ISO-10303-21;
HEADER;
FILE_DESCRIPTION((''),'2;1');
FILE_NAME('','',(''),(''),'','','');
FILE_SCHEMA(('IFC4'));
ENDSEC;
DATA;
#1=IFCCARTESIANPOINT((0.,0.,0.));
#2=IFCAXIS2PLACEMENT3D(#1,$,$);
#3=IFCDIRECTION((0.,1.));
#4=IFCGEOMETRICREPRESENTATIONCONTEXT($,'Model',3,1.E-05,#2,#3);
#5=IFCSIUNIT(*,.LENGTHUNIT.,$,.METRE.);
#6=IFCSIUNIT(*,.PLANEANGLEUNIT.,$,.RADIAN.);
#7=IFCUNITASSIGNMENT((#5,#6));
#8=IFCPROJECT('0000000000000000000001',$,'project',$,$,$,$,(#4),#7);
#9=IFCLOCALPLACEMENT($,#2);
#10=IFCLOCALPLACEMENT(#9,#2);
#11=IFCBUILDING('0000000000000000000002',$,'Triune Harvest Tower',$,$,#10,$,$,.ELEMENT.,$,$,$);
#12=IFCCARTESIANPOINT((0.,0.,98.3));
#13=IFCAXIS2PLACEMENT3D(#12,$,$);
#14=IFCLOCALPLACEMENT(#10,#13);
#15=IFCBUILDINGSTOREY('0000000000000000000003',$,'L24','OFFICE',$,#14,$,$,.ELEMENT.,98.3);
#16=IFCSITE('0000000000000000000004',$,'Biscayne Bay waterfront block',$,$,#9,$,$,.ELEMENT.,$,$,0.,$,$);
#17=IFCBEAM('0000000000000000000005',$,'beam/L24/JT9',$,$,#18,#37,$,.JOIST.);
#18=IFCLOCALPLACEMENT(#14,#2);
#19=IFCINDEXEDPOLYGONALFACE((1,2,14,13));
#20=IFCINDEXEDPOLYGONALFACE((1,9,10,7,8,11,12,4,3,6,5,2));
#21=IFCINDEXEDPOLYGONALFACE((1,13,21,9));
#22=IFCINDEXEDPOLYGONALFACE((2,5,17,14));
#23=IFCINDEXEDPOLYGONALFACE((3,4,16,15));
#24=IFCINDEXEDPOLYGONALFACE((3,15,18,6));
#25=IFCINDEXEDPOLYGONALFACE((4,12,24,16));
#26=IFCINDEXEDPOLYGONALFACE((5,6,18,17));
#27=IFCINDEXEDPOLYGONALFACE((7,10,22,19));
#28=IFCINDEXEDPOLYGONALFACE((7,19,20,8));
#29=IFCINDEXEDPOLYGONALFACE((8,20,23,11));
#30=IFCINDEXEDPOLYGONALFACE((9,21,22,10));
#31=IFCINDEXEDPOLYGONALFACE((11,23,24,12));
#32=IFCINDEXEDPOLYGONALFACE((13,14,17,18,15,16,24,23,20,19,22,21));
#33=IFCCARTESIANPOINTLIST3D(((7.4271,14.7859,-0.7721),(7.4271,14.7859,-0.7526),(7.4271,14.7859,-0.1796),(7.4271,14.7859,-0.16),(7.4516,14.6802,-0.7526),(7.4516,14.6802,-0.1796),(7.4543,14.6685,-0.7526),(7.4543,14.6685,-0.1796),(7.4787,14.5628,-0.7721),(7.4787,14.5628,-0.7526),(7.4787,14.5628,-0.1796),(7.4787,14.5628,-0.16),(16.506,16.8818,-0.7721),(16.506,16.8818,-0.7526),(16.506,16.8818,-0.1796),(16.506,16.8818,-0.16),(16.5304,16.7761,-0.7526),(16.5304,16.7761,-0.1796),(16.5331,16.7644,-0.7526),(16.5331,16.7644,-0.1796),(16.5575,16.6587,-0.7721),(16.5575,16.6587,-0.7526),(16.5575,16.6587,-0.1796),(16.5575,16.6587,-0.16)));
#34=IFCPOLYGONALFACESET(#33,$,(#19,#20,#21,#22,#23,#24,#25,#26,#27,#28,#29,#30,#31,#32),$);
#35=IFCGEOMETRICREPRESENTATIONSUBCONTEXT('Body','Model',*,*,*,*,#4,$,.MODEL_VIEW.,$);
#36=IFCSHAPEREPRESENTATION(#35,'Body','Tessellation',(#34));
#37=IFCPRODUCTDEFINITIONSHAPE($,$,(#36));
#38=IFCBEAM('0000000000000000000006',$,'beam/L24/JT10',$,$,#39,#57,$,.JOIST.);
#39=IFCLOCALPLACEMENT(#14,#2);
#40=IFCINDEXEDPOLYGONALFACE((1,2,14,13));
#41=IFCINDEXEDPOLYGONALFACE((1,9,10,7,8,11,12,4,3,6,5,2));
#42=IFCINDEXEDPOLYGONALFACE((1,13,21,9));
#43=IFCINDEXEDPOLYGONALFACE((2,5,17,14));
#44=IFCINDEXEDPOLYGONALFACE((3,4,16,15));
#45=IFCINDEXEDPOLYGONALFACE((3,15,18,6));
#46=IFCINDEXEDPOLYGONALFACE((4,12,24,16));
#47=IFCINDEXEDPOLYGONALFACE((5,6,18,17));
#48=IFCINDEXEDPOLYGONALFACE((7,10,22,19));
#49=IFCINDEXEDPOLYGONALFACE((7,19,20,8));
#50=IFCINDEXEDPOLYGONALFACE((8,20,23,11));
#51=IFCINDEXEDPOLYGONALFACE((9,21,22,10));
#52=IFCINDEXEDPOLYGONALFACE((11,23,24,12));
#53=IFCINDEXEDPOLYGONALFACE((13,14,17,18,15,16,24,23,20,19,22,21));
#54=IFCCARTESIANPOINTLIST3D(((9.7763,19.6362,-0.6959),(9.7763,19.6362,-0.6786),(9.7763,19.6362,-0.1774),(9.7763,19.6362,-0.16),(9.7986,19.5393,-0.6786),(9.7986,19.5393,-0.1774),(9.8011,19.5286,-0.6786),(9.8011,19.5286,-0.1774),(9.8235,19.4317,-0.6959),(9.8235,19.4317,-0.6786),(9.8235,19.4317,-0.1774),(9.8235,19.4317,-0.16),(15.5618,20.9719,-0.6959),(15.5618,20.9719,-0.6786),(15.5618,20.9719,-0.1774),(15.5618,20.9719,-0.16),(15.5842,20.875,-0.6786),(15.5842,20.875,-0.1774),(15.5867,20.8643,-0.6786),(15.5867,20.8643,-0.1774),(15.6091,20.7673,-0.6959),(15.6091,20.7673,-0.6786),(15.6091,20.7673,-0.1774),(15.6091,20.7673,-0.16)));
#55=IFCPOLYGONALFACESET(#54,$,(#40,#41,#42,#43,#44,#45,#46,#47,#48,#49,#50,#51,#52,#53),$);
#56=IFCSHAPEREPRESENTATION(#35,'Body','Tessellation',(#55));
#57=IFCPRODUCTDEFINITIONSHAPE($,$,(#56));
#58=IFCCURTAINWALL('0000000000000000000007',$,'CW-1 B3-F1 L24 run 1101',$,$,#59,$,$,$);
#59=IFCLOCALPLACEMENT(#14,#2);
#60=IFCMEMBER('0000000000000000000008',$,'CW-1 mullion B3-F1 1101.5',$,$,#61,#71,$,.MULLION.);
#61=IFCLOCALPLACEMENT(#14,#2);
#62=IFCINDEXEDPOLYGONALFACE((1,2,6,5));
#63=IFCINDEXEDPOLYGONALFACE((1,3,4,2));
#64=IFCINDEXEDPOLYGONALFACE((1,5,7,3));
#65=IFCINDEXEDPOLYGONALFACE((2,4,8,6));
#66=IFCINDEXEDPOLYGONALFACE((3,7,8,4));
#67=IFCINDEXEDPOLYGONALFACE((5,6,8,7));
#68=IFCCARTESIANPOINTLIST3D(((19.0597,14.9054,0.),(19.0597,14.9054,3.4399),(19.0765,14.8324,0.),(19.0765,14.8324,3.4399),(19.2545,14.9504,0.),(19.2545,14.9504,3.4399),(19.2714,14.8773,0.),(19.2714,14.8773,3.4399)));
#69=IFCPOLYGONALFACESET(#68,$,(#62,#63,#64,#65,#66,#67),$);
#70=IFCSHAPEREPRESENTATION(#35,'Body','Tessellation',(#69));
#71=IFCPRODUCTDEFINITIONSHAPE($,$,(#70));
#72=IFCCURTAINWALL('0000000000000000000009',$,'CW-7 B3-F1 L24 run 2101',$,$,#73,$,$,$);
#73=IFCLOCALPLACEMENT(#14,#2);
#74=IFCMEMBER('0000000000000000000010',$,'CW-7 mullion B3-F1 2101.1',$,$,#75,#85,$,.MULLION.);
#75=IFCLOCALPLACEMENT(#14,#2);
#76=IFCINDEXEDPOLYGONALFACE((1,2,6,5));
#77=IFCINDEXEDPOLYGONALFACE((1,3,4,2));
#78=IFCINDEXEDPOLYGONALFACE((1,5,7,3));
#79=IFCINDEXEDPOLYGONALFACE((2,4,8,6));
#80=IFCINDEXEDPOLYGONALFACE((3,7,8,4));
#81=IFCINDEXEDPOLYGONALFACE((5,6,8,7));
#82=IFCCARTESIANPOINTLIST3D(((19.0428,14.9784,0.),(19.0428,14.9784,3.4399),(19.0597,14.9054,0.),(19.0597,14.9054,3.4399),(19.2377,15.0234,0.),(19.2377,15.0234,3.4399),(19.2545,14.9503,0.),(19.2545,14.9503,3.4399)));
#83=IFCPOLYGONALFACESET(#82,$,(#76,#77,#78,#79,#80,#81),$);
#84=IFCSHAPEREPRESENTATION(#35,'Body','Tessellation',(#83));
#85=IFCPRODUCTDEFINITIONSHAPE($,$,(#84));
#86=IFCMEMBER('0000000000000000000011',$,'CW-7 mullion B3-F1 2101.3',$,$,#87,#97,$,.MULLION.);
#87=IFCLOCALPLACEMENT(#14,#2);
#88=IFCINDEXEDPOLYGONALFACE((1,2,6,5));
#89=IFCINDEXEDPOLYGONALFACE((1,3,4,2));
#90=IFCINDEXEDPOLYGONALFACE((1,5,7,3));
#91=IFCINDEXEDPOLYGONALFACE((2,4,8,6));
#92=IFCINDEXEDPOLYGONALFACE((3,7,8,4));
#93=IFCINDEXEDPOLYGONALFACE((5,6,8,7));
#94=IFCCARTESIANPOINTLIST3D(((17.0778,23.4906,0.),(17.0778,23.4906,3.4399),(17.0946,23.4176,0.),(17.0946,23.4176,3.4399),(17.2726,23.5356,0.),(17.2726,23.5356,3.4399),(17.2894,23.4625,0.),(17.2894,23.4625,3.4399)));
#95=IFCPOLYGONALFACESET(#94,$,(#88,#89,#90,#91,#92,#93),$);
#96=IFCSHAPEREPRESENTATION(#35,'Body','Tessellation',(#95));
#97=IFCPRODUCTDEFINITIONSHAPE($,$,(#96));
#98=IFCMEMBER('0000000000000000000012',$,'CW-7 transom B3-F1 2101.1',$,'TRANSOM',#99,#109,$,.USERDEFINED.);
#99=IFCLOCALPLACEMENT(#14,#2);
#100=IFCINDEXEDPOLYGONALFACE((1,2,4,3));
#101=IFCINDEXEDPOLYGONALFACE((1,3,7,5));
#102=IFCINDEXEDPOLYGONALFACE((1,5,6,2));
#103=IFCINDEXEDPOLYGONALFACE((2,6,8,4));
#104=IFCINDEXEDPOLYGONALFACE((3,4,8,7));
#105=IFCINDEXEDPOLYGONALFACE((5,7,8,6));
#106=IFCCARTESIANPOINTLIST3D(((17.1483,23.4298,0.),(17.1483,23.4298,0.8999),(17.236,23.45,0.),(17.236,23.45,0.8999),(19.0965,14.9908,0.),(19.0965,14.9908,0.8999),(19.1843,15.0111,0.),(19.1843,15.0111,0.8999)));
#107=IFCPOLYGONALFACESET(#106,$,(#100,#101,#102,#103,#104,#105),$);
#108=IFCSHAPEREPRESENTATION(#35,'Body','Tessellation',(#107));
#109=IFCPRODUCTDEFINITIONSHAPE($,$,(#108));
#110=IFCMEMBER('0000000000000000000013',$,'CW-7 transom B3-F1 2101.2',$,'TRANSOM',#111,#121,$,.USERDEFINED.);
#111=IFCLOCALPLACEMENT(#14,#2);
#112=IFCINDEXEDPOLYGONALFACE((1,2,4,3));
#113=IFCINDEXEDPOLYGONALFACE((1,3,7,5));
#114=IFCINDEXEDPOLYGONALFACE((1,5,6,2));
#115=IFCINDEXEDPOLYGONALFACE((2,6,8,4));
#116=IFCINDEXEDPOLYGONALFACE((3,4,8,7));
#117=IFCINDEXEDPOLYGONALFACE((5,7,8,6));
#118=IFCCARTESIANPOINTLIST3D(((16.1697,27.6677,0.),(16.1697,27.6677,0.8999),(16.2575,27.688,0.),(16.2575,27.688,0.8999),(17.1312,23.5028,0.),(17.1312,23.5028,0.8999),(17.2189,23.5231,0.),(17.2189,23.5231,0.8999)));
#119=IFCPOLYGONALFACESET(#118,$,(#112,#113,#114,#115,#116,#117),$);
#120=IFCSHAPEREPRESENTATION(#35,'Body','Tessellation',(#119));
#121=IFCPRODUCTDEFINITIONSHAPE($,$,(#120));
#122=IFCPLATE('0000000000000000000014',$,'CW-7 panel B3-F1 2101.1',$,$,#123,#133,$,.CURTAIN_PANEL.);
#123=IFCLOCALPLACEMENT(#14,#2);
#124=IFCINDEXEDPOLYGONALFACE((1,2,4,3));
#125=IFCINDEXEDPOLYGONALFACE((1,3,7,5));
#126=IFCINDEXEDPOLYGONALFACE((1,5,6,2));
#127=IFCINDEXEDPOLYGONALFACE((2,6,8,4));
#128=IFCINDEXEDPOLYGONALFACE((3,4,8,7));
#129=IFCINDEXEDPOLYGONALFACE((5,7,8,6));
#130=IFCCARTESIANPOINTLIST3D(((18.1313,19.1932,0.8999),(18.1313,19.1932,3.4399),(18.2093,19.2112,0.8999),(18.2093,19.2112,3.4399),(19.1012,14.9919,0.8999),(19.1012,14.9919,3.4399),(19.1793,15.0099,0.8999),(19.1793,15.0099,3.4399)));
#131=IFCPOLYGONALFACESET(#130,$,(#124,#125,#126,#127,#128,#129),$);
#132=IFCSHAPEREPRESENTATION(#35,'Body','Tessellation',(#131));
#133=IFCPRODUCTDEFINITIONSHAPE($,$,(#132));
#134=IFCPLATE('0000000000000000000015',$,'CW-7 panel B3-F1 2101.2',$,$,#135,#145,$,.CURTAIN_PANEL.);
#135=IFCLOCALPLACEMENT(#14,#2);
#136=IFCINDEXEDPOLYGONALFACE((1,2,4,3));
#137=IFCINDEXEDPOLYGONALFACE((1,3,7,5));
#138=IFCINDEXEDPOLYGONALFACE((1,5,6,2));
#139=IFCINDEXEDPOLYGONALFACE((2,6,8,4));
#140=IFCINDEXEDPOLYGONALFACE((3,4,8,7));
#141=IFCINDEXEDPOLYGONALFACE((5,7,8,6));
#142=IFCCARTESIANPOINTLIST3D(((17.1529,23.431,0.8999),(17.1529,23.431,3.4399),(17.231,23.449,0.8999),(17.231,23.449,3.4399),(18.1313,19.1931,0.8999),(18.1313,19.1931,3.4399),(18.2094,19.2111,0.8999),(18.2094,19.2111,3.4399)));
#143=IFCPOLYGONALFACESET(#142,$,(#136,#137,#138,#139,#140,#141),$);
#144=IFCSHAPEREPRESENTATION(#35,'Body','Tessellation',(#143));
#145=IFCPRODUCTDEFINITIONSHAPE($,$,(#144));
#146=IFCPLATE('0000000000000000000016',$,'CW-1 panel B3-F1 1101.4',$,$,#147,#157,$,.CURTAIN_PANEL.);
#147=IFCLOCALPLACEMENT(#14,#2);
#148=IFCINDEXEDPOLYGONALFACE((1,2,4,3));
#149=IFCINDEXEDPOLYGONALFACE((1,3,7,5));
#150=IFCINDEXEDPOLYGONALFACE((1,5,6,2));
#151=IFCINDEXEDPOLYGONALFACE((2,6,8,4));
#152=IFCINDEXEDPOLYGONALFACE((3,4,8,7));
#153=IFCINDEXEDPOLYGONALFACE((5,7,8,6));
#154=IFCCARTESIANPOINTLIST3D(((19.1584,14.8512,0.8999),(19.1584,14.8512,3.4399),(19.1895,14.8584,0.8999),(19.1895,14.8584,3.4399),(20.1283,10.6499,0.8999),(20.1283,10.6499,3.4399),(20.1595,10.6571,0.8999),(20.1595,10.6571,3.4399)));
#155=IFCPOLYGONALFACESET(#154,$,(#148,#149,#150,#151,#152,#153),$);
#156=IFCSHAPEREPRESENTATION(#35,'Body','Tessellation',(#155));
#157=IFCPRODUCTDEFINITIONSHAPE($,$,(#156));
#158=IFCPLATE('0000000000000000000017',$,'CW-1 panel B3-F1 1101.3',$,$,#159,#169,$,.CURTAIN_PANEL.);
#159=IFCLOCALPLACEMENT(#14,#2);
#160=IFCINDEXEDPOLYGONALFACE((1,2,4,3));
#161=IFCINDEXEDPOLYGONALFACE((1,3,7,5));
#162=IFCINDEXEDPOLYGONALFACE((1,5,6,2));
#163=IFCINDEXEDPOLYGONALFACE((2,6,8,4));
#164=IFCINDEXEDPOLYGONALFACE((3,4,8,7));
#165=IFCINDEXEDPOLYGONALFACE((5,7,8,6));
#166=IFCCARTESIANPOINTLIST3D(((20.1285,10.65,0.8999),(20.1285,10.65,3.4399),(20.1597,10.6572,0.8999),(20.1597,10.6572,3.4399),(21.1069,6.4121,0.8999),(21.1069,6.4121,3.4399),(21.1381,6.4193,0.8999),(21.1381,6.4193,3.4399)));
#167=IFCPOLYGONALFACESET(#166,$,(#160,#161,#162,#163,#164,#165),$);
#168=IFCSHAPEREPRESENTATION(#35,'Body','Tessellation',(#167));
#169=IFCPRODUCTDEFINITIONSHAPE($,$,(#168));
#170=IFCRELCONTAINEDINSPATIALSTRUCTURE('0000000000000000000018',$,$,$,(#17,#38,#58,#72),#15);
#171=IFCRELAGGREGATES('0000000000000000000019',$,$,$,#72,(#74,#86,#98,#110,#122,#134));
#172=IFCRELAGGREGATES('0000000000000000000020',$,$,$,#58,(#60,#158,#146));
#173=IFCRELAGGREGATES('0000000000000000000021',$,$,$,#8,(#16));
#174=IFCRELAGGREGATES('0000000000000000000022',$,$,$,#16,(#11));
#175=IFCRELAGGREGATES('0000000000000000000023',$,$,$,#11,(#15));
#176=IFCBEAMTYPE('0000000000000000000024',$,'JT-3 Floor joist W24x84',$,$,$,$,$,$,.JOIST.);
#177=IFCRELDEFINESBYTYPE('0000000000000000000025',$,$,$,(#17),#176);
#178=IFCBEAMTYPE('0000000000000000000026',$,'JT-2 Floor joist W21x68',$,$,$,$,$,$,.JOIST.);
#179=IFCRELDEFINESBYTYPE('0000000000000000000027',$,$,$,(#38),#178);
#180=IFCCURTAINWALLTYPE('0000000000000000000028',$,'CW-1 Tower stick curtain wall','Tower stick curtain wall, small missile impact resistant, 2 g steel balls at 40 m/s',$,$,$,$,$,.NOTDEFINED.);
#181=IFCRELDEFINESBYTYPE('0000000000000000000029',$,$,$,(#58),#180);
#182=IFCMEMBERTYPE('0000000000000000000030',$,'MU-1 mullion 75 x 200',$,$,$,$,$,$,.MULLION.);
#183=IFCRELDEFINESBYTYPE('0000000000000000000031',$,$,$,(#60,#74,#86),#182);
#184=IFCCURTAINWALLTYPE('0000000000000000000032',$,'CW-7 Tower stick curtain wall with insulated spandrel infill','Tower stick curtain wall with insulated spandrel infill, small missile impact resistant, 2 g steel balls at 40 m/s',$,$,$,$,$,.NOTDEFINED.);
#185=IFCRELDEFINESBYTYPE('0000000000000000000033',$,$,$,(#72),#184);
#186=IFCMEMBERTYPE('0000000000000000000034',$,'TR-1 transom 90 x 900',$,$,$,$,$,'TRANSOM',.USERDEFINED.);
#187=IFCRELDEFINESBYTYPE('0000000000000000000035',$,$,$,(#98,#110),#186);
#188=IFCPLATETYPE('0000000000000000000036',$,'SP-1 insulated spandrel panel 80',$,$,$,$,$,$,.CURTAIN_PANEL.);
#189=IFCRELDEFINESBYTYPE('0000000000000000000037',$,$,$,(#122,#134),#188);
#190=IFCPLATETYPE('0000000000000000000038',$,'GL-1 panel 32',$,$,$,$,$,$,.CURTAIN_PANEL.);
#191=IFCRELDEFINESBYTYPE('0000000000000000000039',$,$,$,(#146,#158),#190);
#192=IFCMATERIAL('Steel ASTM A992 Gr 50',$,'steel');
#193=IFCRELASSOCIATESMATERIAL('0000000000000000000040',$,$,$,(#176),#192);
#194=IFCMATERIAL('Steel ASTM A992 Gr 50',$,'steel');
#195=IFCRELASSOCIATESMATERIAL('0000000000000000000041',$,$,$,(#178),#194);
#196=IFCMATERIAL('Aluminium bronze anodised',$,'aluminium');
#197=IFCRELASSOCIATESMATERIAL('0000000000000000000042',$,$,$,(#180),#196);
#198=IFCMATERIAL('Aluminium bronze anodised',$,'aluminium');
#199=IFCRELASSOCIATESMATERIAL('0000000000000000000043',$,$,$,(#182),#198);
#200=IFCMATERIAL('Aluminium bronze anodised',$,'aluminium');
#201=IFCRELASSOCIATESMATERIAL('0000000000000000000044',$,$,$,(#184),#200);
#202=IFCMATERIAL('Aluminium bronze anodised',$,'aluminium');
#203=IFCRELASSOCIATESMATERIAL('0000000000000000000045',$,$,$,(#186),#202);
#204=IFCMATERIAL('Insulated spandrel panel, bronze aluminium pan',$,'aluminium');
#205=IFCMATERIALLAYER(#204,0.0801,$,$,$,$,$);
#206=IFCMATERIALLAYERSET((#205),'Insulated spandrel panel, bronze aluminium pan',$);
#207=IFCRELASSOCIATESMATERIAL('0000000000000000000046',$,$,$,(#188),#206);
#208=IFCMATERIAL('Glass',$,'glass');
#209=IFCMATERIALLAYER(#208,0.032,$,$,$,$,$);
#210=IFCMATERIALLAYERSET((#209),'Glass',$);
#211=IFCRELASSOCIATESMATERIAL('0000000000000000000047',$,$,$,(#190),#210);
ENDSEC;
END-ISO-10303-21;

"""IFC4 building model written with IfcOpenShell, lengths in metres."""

from ifc_helpers import new_model, si_unit, direction, frame, origin, origin_2d, place, context, subcontext, project, spatial, rectangle, i_section, extrude, source, transform, mapped, material, layer, layer_set, material_profile, profile_set, type_object, element, aggregate, save


model = new_model("IFC4")

# Units and contexts
model_context = context("Model", 3, precision=1e-05, world=origin(), true_north=direction((0.0, 1.0)))
body_context = subcontext(model_context, "Body", "Model", "MODEL_VIEW")
ifc_project = project(units=[si_unit("LENGTHUNIT", "METRE"), si_unit("PLANEANGLEUNIT", "RADIAN")], contexts=[model_context])

# Site, building, storey
site_placement = place(None, origin())
site = spatial("IfcSite", under=ifc_project, at=site_placement, Name="Biscayne Bay waterfront block", CompositionType="ELEMENT", RefElevation=0.0)
building_placement = place(site_placement, origin())
building = spatial("IfcBuilding", under=site, at=building_placement, Name="Triune Harvest Tower", CompositionType="ELEMENT")
storey_placement = place(building_placement, frame((0.0, 0.0, 98.3)))
storey = spatial("IfcBuildingStorey", under=building, at=storey_placement, Name="L24", Description="OFFICE", CompositionType="ELEMENT", Elevation=98.3)

# Beams
ifc_material_1 = material(Name="Steel ASTM A992 Gr 50", Category="steel")
ifc_material_profile_1 = material_profile(ifc_material_1, i_section(OverallWidth=0.229, OverallDepth=0.6121, WebThickness=0.012, FlangeThickness=0.0195, at=origin_2d()), Name="W24x84")
ifc_profile_set_1 = profile_set([ifc_material_profile_1], Name="Steel ASTM A992 Gr 50")
beam_type_1 = type_object("IfcBeamType", Name="JT-3 Floor joist W24x84", PredefinedType="JOIST", material=ifc_profile_set_1)
shared_shape_1 = source(origin(), body_context, "Body", "SweptSolid", [
    extrude(i_section(OverallWidth=0.229, OverallDepth=0.6121, WebThickness=0.012, FlangeThickness=0.0195, at=origin_2d()), origin(), (0.0, 0.0, 1.0), 9.3176),
])
beam_1_placement = place(storey_placement, frame((16.5317, 16.7703, -0.4661), z_axis=(-0.974372, -0.224944, 0.0), x_axis=(0.224944, -0.974372, 0.0)))
element("IfcBeam", 1, at=beam_1_placement, inside=storey, type_object=beam_type_1, Name="beam/L24/JT9", PredefinedType="JOIST", context=body_context, shape_type="MappedRepresentation", body=[
    mapped(shared_shape_1, transform((0.0, 0.0, 0.0), scale=1.0)),
])
ifc_material_2 = material(Name="Steel ASTM A992 Gr 50", Category="steel")
ifc_material_profile_2 = material_profile(ifc_material_2, i_section(OverallWidth=0.21, OverallDepth=0.5359, WebThickness=0.011, FlangeThickness=0.0173, at=origin_2d()), Name="W21x68")
ifc_profile_set_2 = profile_set([ifc_material_profile_2], Name="Steel ASTM A992 Gr 50")
beam_type_2 = type_object("IfcBeamType", Name="JT-2 Floor joist W21x68", PredefinedType="JOIST", material=ifc_profile_set_2)
shared_shape_2 = source(origin(), body_context, "Body", "SweptSolid", [
    extrude(i_section(OverallWidth=0.21, OverallDepth=0.5359, WebThickness=0.011, FlangeThickness=0.0173, at=origin_2d()), origin(), (0.0, 0.0, 1.0), 5.9377),
])
beam_2_placement = place(storey_placement, frame((15.5854, 20.8696, -0.428), z_axis=(-0.974371, -0.224947, 0.0), x_axis=(0.224947, -0.974371, 0.0)))
element("IfcBeam", 2, at=beam_2_placement, inside=storey, type_object=beam_type_2, Name="beam/L24/JT10", PredefinedType="JOIST", context=body_context, shape_type="MappedRepresentation", body=[
    mapped(shared_shape_2, transform((0.0, 0.0, 0.0), scale=1.0)),
])

# Curtain wall, member
ifc_material_3 = material(Name="Aluminium bronze anodised", Category="aluminium")
curtain_wall_type_1 = type_object("IfcCurtainWallType", Name="CW-1 Tower stick curtain wall", Description="Tower stick curtain wall, small missile impact resistant, 2 g steel balls at 40 m/s", PredefinedType="NOTDEFINED", material=ifc_material_3)
curtain_wall_1_placement = place(storey_placement, origin())
curtain_wall_1 = element("IfcCurtainWall", 3, at=curtain_wall_1_placement, inside=storey, type_object=curtain_wall_type_1, Name="CW-1 B3-F1 L24 run 1101")
ifc_material_4 = material(Name="Aluminium bronze anodised", Category="aluminium")
ifc_material_profile_3 = material_profile(ifc_material_4, rectangle(XDim=0.2, YDim=0.075, at=origin_2d()), Name="MU-1 mullion 75 x 200")
ifc_profile_set_3 = profile_set([ifc_material_profile_3], Name="Aluminium bronze anodised")
member_type_1 = type_object("IfcMemberType", Name="MU-1 mullion 75 x 200", PredefinedType="MULLION", material=ifc_profile_set_3)
shared_shape_3 = source(origin(), body_context, "Body", "SweptSolid", [
    extrude(rectangle(XDim=0.2, YDim=0.075, at=origin_2d()), origin(), (0.0, 0.0, 1.0), 3.4399),
])
member_1_placement = place(storey_placement, frame((19.1655, 14.8914, 0.0), z_axis=(0.0, 0.0, 1.0), x_axis=(-0.974369, -0.224955, 0.0)))
member_1 = element("IfcMember", 4, at=member_1_placement, type_object=member_type_1, Name="CW-1 mullion B3-F1 1101.5", PredefinedType="MULLION", context=body_context, shape_type="MappedRepresentation", body=[
    mapped(shared_shape_3, transform((0.0, 0.0, 0.0), scale=1.0)),
])

# Curtain wall, members, plates
ifc_material_5 = material(Name="Aluminium bronze anodised", Category="aluminium")
curtain_wall_type_2 = type_object("IfcCurtainWallType", Name="CW-7 Tower stick curtain wall with insulated spandrel infill", Description="Tower stick curtain wall with insulated spandrel infill, small missile impact resistant, 2 g steel balls at 40 m/s", PredefinedType="NOTDEFINED", material=ifc_material_5)
curtain_wall_2_placement = place(storey_placement, origin())
curtain_wall_2 = element("IfcCurtainWall", 5, at=curtain_wall_2_placement, inside=storey, type_object=curtain_wall_type_2, Name="CW-7 B3-F1 L24 run 2101")
member_2_placement = place(storey_placement, frame((19.1487, 14.9644, 0.0), z_axis=(0.0, 0.0, 1.0), x_axis=(-0.97437, -0.224949, 0.0)))
member_2 = element("IfcMember", 6, at=member_2_placement, type_object=member_type_1, Name="CW-7 mullion B3-F1 2101.1", PredefinedType="MULLION", context=body_context, shape_type="MappedRepresentation", body=[
    mapped(shared_shape_3, transform((0.0, 0.0, 0.0), scale=1.0)),
])
member_3_placement = place(storey_placement, frame((17.1836, 23.4766, 0.0), z_axis=(0.0, 0.0, 1.0), x_axis=(-0.97437, -0.224949, 0.0)))
member_3 = element("IfcMember", 7, at=member_3_placement, type_object=member_type_1, Name="CW-7 mullion B3-F1 2101.3", PredefinedType="MULLION", context=body_context, shape_type="MappedRepresentation", body=[
    mapped(shared_shape_3, transform((0.0, 0.0, 0.0), scale=1.0)),
])
ifc_material_6 = material(Name="Aluminium bronze anodised", Category="aluminium")
ifc_material_profile_4 = material_profile(ifc_material_6, rectangle(XDim=0.0901, YDim=0.8999, at=origin_2d()), Name="TR-1 transom 90 x 900")
ifc_profile_set_4 = profile_set([ifc_material_profile_4], Name="Aluminium bronze anodised")
member_type_2 = type_object("IfcMemberType", Name="TR-1 transom 90 x 900", ElementType="TRANSOM", PredefinedType="USERDEFINED", material=ifc_profile_set_4)
shared_shape_4 = source(origin(), body_context, "Body", "SweptSolid", [
    extrude(rectangle(XDim=0.0901, YDim=0.8999, at=origin_2d()), origin(), (0.0, 0.0, 1.0), 8.6609),
])
member_4_placement = place(storey_placement, frame((19.1404, 15.001, 0.45), z_axis=(-0.224946, 0.974371, 0.0), x_axis=(-0.974371, -0.224946, 0.0)))
member_4 = element("IfcMember", 8, at=member_4_placement, type_object=member_type_2, Name="CW-7 transom B3-F1 2101.1", ObjectType="TRANSOM", PredefinedType="USERDEFINED", context=body_context, shape_type="MappedRepresentation", body=[
    mapped(shared_shape_4, transform((0.0, 0.0, 0.0), scale=1.0)),
])
shared_shape_5 = source(origin(), body_context, "Body", "SweptSolid", [
    extrude(rectangle(XDim=0.0901, YDim=0.8999, at=origin_2d()), origin(), (0.0, 0.0, 1.0), 4.2744),
])
member_5_placement = place(storey_placement, frame((17.175, 23.5129, 0.45), z_axis=(-0.22493, 0.974375, 0.0), x_axis=(-0.974375, -0.22493, 0.0)))
member_5 = element("IfcMember", 9, at=member_5_placement, type_object=member_type_2, Name="CW-7 transom B3-F1 2101.2", ObjectType="TRANSOM", PredefinedType="USERDEFINED", context=body_context, shape_type="MappedRepresentation", body=[
    mapped(shared_shape_5, transform((0.0, 0.0, 0.0), scale=1.0)),
])
ifc_material_7 = material(Name="Insulated spandrel panel, bronze aluminium pan", Category="aluminium")
ifc_layer_1 = layer(ifc_material_7, 0.0801)
ifc_layer_set_1 = layer_set([ifc_layer_1], Name="Insulated spandrel panel, bronze aluminium pan")
plate_type_1 = type_object("IfcPlateType", Name="SP-1 insulated spandrel panel 80", PredefinedType="CURTAIN_PANEL", material=ifc_layer_set_1)
shared_shape_6 = source(origin(), body_context, "Body", "SweptSolid", [
    extrude(rectangle(XDim=4.3118, YDim=0.0801, at=origin_2d()), origin(), (0.0, 0.0, 1.0), 2.54),
])
plate_1_placement = place(storey_placement, frame((18.6553, 17.1016, 0.8999), z_axis=(0.0, 0.0, 1.0), x_axis=(-0.224949, 0.97437, 0.0)))
plate_1 = element("IfcPlate", 10, at=plate_1_placement, type_object=plate_type_1, Name="CW-7 panel B3-F1 2101.1", PredefinedType="CURTAIN_PANEL", context=body_context, shape_type="MappedRepresentation", body=[
    mapped(shared_shape_6, transform((0.0, 0.0, 0.0), scale=1.0)),
])
shared_shape_7 = source(origin(), body_context, "Body", "SweptSolid", [
    extrude(rectangle(XDim=4.3494, YDim=0.0801, at=origin_2d()), origin(), (0.0, 0.0, 1.0), 2.54),
])
plate_2_placement = place(storey_placement, frame((17.6812, 21.321, 0.8999), z_axis=(0.0, 0.0, 1.0), x_axis=(-0.224949, 0.97437, 0.0)))
plate_2 = element("IfcPlate", 11, at=plate_2_placement, type_object=plate_type_1, Name="CW-7 panel B3-F1 2101.2", PredefinedType="CURTAIN_PANEL", context=body_context, shape_type="MappedRepresentation", body=[
    mapped(shared_shape_7, transform((0.0, 0.0, 0.0), scale=1.0)),
])
aggregate(curtain_wall_2, [member_2, member_3, member_4, member_5, plate_1, plate_2])

# Plates
ifc_material_8 = material(Name="Glass", Category="glass")
ifc_layer_2 = layer(ifc_material_8, 0.032)
ifc_layer_set_2 = layer_set([ifc_layer_2], Name="Glass")
plate_type_2 = type_object("IfcPlateType", Name="GL-1 panel 32", PredefinedType="CURTAIN_PANEL", material=ifc_layer_set_2)
shared_shape_8 = source(origin(), body_context, "Body", "SweptSolid", [
    extrude(rectangle(XDim=4.3118, YDim=0.032, at=origin_2d()), origin(), (0.0, 0.0, 1.0), 2.54),
])
plate_3_placement = place(storey_placement, frame((19.6589, 12.7542, 0.8999), z_axis=(0.0, 0.0, 1.0), x_axis=(-0.224955, 0.974369, 0.0)))
plate_3 = element("IfcPlate", 12, at=plate_3_placement, type_object=plate_type_2, Name="CW-1 panel B3-F1 1101.4", PredefinedType="CURTAIN_PANEL", context=body_context, shape_type="MappedRepresentation", body=[
    mapped(shared_shape_8, transform((0.0, 0.0, 0.0), scale=1.0)),
])
shared_shape_9 = source(origin(), body_context, "Body", "SweptSolid", [
    extrude(rectangle(XDim=4.3494, YDim=0.032, at=origin_2d()), origin(), (0.0, 0.0, 1.0), 2.54),
])
plate_4_placement = place(storey_placement, frame((20.6333, 8.5347, 0.8999), z_axis=(0.0, 0.0, 1.0), x_axis=(-0.224955, 0.974369, 0.0)))
plate_4 = element("IfcPlate", 13, at=plate_4_placement, type_object=plate_type_2, Name="CW-1 panel B3-F1 1101.3", PredefinedType="CURTAIN_PANEL", context=body_context, shape_type="MappedRepresentation", body=[
    mapped(shared_shape_9, transform((0.0, 0.0, 0.0), scale=1.0)),
])
aggregate(curtain_wall_1, [member_1, plate_4, plate_3])

save(model, "model.ifc")
